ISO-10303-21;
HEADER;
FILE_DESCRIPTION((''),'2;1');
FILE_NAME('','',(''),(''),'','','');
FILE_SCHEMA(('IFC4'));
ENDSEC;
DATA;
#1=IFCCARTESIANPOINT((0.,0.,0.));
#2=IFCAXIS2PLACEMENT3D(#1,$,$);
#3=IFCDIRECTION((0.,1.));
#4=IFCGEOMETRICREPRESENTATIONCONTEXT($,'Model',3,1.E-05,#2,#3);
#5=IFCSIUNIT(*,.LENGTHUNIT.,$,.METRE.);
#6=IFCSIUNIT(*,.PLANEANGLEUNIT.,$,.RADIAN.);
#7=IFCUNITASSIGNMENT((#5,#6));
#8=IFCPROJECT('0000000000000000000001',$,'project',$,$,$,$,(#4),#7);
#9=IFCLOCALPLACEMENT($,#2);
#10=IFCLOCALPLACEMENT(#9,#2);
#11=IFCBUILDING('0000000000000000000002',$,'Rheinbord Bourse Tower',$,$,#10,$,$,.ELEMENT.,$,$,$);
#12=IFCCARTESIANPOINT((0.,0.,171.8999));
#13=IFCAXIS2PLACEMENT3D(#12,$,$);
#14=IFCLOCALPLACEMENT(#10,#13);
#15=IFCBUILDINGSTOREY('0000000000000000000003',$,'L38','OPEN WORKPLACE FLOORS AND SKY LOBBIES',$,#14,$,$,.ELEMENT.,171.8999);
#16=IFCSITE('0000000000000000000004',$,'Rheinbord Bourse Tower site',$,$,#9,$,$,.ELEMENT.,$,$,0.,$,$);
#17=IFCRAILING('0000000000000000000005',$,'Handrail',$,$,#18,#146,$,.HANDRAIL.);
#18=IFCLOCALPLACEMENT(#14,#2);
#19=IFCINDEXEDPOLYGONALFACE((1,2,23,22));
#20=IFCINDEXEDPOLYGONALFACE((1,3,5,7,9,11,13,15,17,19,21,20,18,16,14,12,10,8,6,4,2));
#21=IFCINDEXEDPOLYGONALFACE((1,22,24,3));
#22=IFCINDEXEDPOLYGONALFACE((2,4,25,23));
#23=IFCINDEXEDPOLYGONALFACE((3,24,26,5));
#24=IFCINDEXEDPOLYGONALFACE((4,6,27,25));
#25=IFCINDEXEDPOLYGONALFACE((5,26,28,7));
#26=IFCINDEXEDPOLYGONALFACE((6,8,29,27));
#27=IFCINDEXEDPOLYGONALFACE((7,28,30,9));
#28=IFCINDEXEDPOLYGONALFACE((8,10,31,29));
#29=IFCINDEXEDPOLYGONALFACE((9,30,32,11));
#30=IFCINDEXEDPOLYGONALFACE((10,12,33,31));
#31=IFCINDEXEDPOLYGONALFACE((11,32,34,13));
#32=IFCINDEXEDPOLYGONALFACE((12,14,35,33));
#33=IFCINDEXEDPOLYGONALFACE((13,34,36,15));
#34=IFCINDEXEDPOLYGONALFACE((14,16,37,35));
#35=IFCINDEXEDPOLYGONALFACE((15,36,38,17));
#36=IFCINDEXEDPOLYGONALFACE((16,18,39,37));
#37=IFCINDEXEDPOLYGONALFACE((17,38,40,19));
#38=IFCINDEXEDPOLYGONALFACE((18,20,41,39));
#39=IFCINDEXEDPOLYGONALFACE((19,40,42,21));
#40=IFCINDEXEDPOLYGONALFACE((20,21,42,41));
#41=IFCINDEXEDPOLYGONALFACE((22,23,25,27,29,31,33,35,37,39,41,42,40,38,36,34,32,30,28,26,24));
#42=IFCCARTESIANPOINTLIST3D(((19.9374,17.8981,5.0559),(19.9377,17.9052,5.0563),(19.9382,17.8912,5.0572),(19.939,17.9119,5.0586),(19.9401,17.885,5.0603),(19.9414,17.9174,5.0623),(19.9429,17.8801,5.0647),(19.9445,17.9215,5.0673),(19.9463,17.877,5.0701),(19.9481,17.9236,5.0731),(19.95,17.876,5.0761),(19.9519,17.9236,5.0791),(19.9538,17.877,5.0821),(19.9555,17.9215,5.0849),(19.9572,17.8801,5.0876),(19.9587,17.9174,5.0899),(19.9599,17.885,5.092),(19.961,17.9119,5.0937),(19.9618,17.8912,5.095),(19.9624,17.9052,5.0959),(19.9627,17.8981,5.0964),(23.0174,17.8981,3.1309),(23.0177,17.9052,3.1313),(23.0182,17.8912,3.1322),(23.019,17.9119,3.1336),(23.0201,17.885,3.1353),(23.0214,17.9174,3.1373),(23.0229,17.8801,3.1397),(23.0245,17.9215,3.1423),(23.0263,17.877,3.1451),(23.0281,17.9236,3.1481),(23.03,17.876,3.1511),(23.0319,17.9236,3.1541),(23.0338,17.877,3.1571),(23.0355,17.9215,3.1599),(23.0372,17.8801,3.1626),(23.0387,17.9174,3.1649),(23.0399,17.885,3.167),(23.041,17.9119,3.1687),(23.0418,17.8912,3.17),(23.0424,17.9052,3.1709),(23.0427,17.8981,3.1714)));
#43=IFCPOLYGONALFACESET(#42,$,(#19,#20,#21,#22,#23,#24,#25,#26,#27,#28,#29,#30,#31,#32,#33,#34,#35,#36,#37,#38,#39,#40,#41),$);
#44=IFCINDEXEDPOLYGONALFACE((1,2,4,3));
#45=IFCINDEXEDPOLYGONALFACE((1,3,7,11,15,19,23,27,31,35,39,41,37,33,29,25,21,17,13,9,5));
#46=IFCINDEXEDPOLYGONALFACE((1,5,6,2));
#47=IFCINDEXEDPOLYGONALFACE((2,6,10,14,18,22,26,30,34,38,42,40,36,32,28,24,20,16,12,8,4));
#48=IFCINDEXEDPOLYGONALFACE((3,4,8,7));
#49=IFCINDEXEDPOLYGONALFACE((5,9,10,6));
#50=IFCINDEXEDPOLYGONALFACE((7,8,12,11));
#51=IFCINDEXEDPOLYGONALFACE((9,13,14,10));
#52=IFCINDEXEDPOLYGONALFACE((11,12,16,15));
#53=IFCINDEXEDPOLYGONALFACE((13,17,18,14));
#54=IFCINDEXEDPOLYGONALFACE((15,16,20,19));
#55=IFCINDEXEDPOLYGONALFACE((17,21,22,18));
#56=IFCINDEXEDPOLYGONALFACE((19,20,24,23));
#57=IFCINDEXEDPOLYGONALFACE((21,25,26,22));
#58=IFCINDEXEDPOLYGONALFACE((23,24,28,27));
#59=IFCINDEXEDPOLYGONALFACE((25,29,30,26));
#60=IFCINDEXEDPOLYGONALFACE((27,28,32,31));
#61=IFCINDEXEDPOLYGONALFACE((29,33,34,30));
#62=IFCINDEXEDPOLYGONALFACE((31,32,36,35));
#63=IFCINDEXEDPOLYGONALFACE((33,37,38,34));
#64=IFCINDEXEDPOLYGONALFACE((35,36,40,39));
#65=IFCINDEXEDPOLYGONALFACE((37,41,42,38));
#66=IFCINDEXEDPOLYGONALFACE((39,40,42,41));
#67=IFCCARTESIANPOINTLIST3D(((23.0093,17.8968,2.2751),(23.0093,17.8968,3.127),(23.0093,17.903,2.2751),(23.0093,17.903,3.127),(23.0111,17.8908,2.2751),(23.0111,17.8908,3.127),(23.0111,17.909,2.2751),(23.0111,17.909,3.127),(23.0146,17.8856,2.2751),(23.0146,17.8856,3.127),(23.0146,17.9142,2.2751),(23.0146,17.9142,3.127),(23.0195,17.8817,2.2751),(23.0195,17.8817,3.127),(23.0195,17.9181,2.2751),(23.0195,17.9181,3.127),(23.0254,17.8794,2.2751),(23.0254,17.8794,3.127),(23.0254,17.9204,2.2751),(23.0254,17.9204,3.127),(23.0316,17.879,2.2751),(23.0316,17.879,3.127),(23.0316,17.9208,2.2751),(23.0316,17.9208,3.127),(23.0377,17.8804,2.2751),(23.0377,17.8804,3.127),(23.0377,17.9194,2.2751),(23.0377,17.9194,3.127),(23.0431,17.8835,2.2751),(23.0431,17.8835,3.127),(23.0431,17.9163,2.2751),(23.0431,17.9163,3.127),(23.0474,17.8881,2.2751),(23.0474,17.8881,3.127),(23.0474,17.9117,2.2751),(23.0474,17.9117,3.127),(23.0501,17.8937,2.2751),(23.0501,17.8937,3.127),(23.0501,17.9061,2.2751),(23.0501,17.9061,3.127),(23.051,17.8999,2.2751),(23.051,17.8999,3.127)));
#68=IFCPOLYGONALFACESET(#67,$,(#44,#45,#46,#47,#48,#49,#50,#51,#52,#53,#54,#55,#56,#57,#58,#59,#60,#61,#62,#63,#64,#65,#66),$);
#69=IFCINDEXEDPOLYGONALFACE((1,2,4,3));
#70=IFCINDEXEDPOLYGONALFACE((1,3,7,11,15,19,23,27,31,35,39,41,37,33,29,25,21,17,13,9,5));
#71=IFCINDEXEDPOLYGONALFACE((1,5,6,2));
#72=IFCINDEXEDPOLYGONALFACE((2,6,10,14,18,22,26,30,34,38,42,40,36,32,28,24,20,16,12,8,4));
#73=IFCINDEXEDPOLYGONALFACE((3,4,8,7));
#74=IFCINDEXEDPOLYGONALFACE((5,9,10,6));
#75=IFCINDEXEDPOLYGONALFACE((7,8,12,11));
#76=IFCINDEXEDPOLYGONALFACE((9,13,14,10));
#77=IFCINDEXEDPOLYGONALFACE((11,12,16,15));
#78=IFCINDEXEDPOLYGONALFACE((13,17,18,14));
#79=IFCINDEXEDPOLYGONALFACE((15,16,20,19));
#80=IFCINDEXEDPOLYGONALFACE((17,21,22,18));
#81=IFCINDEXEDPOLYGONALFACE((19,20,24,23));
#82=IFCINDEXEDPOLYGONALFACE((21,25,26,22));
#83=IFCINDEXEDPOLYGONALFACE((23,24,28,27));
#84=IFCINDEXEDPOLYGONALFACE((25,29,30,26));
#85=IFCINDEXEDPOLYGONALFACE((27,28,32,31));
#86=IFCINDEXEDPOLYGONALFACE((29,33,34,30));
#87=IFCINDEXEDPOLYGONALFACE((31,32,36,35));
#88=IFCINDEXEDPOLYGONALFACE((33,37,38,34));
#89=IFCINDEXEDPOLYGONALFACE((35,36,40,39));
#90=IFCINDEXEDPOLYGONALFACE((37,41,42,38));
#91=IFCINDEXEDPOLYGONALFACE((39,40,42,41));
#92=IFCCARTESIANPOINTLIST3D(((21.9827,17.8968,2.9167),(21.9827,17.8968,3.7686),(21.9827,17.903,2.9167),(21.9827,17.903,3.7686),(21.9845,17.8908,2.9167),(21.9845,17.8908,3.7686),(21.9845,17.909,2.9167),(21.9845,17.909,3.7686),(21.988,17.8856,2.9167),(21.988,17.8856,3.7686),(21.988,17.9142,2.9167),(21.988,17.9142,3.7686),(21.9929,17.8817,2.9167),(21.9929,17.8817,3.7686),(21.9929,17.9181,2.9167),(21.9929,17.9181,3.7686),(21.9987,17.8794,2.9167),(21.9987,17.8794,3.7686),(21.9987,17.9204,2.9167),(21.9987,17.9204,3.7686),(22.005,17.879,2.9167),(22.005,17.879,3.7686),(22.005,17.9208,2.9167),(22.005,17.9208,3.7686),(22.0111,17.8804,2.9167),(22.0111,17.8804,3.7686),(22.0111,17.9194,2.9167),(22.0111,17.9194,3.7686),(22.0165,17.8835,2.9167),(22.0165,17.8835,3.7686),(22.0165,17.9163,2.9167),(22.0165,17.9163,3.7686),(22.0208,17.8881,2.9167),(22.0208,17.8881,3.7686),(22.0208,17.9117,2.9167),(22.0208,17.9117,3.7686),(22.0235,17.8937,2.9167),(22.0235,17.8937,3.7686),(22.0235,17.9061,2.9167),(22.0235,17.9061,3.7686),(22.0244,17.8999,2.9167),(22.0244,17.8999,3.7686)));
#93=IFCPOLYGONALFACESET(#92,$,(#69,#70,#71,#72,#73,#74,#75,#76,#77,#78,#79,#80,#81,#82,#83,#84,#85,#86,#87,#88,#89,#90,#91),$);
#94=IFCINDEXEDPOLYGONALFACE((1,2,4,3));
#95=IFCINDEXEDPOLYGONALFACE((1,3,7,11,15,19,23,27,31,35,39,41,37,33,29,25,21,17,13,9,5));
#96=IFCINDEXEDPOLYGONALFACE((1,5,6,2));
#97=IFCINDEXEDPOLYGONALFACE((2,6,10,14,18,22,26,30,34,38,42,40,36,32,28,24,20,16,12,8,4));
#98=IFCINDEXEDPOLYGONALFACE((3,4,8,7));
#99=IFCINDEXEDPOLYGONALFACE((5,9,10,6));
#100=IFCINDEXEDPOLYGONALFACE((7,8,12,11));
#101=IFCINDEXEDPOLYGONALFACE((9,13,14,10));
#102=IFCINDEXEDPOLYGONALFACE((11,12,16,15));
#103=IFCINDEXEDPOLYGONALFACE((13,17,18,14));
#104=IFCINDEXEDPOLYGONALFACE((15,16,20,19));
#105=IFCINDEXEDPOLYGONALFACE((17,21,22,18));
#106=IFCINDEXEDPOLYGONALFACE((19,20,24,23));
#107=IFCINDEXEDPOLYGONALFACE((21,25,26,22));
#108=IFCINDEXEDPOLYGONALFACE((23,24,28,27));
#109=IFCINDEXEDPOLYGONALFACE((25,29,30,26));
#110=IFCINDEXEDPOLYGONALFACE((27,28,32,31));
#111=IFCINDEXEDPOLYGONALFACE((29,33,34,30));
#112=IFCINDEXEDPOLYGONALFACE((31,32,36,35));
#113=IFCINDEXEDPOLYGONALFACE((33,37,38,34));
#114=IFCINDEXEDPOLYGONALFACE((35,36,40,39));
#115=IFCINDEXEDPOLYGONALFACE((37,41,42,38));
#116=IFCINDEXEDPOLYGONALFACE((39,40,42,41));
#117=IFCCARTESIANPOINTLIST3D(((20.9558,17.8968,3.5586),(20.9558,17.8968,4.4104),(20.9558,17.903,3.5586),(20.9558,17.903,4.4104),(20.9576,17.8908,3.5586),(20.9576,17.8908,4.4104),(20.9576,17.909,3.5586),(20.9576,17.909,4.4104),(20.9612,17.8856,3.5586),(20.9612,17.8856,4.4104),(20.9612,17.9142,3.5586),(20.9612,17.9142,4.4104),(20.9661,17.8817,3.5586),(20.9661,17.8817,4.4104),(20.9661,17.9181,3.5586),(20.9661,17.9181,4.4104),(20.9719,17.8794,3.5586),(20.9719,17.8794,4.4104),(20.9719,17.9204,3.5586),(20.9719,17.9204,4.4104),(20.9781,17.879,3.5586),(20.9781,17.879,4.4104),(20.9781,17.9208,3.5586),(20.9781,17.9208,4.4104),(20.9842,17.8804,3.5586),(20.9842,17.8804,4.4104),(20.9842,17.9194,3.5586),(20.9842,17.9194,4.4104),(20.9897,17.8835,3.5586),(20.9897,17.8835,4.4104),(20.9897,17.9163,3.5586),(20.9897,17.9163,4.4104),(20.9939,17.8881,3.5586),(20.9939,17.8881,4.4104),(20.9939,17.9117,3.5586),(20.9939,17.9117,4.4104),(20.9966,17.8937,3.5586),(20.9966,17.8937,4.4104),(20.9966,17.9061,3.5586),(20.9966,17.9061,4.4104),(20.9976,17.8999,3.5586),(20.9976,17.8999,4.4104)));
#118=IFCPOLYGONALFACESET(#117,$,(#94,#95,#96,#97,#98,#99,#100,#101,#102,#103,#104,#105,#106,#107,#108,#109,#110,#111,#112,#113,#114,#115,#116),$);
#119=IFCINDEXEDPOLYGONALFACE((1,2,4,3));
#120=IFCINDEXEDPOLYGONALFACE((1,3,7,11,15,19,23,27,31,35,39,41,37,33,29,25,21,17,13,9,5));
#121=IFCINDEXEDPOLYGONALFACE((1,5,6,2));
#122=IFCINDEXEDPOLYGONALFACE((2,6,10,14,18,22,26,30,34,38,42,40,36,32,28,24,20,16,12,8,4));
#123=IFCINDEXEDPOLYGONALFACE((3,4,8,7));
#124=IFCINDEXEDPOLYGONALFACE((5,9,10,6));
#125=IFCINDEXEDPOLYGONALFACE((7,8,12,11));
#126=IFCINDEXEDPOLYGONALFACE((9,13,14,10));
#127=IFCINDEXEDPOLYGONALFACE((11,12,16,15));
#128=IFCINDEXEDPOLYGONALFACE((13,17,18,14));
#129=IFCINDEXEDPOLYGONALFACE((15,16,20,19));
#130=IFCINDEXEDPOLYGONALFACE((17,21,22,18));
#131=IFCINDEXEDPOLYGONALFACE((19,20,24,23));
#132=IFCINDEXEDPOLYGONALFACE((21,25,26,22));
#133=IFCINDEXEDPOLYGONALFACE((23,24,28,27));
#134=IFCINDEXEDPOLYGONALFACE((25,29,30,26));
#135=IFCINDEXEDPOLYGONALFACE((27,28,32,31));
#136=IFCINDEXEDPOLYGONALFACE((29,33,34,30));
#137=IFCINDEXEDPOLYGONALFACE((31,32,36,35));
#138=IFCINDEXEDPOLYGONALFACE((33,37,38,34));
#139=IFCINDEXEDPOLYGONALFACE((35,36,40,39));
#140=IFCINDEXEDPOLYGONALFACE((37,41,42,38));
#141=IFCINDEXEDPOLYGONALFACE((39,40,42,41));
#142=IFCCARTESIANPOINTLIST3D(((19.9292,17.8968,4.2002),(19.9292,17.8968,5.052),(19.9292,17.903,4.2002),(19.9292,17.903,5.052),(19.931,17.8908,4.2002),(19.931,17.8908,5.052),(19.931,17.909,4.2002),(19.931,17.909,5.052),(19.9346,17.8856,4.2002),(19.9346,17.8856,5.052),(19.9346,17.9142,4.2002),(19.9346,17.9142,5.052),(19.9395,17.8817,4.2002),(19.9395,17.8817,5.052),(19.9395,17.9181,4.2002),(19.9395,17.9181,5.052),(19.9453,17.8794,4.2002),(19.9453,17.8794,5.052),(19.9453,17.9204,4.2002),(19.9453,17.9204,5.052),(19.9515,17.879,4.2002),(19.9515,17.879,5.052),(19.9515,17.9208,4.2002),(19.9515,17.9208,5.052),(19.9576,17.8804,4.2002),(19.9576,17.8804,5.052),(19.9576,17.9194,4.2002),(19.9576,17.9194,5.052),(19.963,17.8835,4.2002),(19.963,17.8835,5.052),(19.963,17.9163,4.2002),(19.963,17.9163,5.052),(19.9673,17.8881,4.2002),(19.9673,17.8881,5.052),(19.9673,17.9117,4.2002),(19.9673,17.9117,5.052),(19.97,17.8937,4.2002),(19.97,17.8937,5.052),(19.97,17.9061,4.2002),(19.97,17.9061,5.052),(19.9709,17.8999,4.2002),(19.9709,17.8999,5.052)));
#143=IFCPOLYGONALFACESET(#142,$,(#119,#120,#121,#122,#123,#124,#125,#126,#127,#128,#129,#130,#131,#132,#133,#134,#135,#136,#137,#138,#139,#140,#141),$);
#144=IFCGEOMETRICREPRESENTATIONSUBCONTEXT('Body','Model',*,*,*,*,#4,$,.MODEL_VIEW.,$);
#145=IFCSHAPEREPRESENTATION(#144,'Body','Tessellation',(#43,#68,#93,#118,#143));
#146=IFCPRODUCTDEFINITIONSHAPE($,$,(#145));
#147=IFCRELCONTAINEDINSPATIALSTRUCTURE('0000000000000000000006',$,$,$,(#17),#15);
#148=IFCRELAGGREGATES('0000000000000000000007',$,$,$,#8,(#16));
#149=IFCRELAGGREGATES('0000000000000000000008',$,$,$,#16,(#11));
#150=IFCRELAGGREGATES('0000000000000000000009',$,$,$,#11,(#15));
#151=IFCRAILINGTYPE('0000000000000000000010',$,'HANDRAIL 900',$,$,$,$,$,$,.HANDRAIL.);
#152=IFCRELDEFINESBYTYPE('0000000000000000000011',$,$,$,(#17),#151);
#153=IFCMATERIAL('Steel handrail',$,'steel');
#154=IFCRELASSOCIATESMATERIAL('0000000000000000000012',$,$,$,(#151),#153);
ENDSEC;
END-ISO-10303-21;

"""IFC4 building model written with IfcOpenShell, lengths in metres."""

from ifc_helpers import new_model, si_unit, direction, frame, origin, origin_2d, place, context, subcontext, project, spatial, circle, extrude, material, type_object, element, save


model = new_model("IFC4")

# Units and contexts
model_context = context("Model", 3, precision=1e-05, world=origin(), true_north=direction((0.0, 1.0)))
body_context = subcontext(model_context, "Body", "Model", "MODEL_VIEW")
ifc_project = project(units=[si_unit("LENGTHUNIT", "METRE"), si_unit("PLANEANGLEUNIT", "RADIAN")], contexts=[model_context])

# Site, building, storey
site_placement = place(None, origin())
site = spatial("IfcSite", under=ifc_project, at=site_placement, Name="Rheinbord Bourse Tower site", CompositionType="ELEMENT", RefElevation=0.0)
building_placement = place(site_placement, origin())
building = spatial("IfcBuilding", under=site, at=building_placement, Name="Rheinbord Bourse Tower", CompositionType="ELEMENT")
storey_placement = place(building_placement, frame((0.0, 0.0, 171.8999)))
storey = spatial("IfcBuildingStorey", under=building, at=storey_placement, Name="L38", Description="OPEN WORKPLACE FLOORS AND SKY LOBBIES", CompositionType="ELEMENT", Elevation=171.8999)

# Railing
ifc_material_1 = material(Name="Steel handrail", Category="steel")
railing_type = type_object("IfcRailingType", Name="HANDRAIL 900", PredefinedType="HANDRAIL", material=ifc_material_1)
railing_1_placement = place(storey_placement, frame((23.03, 17.8999, 2.2751)))
element("IfcRailing", 1, at=railing_1_placement, inside=storey, type_object=railing_type, Name="Handrail", PredefinedType="HANDRAIL", context=body_context, shape_type="SweptSolid", body=[
    extrude(circle(Radius=0.0239, at=origin_2d()), frame((0.0, 0.0, 0.876), z_axis=(-0.847998, 0.0, 0.529999), x_axis=(0.0, -1.0, 0.0)), (0.0, 0.0, 1.0), 3.6321),
    extrude(circle(Radius=0.021, at=origin_2d()), origin(), (0.0, 0.0, 1.0), 0.8518),
    extrude(circle(Radius=0.021, at=origin_2d()), frame((-1.0266, 0.0, 0.6416)), (0.0, 0.0, 1.0), 0.8518),
    extrude(circle(Radius=0.021, at=origin_2d()), frame((-2.0535, 0.0, 1.2834)), (0.0, 0.0, 1.0), 0.8518),
    extrude(circle(Radius=0.021, at=origin_2d()), frame((-3.0801, 0.0, 1.925)), (0.0, 0.0, 1.0), 0.8518),
])

save(model, "model.ifc")
